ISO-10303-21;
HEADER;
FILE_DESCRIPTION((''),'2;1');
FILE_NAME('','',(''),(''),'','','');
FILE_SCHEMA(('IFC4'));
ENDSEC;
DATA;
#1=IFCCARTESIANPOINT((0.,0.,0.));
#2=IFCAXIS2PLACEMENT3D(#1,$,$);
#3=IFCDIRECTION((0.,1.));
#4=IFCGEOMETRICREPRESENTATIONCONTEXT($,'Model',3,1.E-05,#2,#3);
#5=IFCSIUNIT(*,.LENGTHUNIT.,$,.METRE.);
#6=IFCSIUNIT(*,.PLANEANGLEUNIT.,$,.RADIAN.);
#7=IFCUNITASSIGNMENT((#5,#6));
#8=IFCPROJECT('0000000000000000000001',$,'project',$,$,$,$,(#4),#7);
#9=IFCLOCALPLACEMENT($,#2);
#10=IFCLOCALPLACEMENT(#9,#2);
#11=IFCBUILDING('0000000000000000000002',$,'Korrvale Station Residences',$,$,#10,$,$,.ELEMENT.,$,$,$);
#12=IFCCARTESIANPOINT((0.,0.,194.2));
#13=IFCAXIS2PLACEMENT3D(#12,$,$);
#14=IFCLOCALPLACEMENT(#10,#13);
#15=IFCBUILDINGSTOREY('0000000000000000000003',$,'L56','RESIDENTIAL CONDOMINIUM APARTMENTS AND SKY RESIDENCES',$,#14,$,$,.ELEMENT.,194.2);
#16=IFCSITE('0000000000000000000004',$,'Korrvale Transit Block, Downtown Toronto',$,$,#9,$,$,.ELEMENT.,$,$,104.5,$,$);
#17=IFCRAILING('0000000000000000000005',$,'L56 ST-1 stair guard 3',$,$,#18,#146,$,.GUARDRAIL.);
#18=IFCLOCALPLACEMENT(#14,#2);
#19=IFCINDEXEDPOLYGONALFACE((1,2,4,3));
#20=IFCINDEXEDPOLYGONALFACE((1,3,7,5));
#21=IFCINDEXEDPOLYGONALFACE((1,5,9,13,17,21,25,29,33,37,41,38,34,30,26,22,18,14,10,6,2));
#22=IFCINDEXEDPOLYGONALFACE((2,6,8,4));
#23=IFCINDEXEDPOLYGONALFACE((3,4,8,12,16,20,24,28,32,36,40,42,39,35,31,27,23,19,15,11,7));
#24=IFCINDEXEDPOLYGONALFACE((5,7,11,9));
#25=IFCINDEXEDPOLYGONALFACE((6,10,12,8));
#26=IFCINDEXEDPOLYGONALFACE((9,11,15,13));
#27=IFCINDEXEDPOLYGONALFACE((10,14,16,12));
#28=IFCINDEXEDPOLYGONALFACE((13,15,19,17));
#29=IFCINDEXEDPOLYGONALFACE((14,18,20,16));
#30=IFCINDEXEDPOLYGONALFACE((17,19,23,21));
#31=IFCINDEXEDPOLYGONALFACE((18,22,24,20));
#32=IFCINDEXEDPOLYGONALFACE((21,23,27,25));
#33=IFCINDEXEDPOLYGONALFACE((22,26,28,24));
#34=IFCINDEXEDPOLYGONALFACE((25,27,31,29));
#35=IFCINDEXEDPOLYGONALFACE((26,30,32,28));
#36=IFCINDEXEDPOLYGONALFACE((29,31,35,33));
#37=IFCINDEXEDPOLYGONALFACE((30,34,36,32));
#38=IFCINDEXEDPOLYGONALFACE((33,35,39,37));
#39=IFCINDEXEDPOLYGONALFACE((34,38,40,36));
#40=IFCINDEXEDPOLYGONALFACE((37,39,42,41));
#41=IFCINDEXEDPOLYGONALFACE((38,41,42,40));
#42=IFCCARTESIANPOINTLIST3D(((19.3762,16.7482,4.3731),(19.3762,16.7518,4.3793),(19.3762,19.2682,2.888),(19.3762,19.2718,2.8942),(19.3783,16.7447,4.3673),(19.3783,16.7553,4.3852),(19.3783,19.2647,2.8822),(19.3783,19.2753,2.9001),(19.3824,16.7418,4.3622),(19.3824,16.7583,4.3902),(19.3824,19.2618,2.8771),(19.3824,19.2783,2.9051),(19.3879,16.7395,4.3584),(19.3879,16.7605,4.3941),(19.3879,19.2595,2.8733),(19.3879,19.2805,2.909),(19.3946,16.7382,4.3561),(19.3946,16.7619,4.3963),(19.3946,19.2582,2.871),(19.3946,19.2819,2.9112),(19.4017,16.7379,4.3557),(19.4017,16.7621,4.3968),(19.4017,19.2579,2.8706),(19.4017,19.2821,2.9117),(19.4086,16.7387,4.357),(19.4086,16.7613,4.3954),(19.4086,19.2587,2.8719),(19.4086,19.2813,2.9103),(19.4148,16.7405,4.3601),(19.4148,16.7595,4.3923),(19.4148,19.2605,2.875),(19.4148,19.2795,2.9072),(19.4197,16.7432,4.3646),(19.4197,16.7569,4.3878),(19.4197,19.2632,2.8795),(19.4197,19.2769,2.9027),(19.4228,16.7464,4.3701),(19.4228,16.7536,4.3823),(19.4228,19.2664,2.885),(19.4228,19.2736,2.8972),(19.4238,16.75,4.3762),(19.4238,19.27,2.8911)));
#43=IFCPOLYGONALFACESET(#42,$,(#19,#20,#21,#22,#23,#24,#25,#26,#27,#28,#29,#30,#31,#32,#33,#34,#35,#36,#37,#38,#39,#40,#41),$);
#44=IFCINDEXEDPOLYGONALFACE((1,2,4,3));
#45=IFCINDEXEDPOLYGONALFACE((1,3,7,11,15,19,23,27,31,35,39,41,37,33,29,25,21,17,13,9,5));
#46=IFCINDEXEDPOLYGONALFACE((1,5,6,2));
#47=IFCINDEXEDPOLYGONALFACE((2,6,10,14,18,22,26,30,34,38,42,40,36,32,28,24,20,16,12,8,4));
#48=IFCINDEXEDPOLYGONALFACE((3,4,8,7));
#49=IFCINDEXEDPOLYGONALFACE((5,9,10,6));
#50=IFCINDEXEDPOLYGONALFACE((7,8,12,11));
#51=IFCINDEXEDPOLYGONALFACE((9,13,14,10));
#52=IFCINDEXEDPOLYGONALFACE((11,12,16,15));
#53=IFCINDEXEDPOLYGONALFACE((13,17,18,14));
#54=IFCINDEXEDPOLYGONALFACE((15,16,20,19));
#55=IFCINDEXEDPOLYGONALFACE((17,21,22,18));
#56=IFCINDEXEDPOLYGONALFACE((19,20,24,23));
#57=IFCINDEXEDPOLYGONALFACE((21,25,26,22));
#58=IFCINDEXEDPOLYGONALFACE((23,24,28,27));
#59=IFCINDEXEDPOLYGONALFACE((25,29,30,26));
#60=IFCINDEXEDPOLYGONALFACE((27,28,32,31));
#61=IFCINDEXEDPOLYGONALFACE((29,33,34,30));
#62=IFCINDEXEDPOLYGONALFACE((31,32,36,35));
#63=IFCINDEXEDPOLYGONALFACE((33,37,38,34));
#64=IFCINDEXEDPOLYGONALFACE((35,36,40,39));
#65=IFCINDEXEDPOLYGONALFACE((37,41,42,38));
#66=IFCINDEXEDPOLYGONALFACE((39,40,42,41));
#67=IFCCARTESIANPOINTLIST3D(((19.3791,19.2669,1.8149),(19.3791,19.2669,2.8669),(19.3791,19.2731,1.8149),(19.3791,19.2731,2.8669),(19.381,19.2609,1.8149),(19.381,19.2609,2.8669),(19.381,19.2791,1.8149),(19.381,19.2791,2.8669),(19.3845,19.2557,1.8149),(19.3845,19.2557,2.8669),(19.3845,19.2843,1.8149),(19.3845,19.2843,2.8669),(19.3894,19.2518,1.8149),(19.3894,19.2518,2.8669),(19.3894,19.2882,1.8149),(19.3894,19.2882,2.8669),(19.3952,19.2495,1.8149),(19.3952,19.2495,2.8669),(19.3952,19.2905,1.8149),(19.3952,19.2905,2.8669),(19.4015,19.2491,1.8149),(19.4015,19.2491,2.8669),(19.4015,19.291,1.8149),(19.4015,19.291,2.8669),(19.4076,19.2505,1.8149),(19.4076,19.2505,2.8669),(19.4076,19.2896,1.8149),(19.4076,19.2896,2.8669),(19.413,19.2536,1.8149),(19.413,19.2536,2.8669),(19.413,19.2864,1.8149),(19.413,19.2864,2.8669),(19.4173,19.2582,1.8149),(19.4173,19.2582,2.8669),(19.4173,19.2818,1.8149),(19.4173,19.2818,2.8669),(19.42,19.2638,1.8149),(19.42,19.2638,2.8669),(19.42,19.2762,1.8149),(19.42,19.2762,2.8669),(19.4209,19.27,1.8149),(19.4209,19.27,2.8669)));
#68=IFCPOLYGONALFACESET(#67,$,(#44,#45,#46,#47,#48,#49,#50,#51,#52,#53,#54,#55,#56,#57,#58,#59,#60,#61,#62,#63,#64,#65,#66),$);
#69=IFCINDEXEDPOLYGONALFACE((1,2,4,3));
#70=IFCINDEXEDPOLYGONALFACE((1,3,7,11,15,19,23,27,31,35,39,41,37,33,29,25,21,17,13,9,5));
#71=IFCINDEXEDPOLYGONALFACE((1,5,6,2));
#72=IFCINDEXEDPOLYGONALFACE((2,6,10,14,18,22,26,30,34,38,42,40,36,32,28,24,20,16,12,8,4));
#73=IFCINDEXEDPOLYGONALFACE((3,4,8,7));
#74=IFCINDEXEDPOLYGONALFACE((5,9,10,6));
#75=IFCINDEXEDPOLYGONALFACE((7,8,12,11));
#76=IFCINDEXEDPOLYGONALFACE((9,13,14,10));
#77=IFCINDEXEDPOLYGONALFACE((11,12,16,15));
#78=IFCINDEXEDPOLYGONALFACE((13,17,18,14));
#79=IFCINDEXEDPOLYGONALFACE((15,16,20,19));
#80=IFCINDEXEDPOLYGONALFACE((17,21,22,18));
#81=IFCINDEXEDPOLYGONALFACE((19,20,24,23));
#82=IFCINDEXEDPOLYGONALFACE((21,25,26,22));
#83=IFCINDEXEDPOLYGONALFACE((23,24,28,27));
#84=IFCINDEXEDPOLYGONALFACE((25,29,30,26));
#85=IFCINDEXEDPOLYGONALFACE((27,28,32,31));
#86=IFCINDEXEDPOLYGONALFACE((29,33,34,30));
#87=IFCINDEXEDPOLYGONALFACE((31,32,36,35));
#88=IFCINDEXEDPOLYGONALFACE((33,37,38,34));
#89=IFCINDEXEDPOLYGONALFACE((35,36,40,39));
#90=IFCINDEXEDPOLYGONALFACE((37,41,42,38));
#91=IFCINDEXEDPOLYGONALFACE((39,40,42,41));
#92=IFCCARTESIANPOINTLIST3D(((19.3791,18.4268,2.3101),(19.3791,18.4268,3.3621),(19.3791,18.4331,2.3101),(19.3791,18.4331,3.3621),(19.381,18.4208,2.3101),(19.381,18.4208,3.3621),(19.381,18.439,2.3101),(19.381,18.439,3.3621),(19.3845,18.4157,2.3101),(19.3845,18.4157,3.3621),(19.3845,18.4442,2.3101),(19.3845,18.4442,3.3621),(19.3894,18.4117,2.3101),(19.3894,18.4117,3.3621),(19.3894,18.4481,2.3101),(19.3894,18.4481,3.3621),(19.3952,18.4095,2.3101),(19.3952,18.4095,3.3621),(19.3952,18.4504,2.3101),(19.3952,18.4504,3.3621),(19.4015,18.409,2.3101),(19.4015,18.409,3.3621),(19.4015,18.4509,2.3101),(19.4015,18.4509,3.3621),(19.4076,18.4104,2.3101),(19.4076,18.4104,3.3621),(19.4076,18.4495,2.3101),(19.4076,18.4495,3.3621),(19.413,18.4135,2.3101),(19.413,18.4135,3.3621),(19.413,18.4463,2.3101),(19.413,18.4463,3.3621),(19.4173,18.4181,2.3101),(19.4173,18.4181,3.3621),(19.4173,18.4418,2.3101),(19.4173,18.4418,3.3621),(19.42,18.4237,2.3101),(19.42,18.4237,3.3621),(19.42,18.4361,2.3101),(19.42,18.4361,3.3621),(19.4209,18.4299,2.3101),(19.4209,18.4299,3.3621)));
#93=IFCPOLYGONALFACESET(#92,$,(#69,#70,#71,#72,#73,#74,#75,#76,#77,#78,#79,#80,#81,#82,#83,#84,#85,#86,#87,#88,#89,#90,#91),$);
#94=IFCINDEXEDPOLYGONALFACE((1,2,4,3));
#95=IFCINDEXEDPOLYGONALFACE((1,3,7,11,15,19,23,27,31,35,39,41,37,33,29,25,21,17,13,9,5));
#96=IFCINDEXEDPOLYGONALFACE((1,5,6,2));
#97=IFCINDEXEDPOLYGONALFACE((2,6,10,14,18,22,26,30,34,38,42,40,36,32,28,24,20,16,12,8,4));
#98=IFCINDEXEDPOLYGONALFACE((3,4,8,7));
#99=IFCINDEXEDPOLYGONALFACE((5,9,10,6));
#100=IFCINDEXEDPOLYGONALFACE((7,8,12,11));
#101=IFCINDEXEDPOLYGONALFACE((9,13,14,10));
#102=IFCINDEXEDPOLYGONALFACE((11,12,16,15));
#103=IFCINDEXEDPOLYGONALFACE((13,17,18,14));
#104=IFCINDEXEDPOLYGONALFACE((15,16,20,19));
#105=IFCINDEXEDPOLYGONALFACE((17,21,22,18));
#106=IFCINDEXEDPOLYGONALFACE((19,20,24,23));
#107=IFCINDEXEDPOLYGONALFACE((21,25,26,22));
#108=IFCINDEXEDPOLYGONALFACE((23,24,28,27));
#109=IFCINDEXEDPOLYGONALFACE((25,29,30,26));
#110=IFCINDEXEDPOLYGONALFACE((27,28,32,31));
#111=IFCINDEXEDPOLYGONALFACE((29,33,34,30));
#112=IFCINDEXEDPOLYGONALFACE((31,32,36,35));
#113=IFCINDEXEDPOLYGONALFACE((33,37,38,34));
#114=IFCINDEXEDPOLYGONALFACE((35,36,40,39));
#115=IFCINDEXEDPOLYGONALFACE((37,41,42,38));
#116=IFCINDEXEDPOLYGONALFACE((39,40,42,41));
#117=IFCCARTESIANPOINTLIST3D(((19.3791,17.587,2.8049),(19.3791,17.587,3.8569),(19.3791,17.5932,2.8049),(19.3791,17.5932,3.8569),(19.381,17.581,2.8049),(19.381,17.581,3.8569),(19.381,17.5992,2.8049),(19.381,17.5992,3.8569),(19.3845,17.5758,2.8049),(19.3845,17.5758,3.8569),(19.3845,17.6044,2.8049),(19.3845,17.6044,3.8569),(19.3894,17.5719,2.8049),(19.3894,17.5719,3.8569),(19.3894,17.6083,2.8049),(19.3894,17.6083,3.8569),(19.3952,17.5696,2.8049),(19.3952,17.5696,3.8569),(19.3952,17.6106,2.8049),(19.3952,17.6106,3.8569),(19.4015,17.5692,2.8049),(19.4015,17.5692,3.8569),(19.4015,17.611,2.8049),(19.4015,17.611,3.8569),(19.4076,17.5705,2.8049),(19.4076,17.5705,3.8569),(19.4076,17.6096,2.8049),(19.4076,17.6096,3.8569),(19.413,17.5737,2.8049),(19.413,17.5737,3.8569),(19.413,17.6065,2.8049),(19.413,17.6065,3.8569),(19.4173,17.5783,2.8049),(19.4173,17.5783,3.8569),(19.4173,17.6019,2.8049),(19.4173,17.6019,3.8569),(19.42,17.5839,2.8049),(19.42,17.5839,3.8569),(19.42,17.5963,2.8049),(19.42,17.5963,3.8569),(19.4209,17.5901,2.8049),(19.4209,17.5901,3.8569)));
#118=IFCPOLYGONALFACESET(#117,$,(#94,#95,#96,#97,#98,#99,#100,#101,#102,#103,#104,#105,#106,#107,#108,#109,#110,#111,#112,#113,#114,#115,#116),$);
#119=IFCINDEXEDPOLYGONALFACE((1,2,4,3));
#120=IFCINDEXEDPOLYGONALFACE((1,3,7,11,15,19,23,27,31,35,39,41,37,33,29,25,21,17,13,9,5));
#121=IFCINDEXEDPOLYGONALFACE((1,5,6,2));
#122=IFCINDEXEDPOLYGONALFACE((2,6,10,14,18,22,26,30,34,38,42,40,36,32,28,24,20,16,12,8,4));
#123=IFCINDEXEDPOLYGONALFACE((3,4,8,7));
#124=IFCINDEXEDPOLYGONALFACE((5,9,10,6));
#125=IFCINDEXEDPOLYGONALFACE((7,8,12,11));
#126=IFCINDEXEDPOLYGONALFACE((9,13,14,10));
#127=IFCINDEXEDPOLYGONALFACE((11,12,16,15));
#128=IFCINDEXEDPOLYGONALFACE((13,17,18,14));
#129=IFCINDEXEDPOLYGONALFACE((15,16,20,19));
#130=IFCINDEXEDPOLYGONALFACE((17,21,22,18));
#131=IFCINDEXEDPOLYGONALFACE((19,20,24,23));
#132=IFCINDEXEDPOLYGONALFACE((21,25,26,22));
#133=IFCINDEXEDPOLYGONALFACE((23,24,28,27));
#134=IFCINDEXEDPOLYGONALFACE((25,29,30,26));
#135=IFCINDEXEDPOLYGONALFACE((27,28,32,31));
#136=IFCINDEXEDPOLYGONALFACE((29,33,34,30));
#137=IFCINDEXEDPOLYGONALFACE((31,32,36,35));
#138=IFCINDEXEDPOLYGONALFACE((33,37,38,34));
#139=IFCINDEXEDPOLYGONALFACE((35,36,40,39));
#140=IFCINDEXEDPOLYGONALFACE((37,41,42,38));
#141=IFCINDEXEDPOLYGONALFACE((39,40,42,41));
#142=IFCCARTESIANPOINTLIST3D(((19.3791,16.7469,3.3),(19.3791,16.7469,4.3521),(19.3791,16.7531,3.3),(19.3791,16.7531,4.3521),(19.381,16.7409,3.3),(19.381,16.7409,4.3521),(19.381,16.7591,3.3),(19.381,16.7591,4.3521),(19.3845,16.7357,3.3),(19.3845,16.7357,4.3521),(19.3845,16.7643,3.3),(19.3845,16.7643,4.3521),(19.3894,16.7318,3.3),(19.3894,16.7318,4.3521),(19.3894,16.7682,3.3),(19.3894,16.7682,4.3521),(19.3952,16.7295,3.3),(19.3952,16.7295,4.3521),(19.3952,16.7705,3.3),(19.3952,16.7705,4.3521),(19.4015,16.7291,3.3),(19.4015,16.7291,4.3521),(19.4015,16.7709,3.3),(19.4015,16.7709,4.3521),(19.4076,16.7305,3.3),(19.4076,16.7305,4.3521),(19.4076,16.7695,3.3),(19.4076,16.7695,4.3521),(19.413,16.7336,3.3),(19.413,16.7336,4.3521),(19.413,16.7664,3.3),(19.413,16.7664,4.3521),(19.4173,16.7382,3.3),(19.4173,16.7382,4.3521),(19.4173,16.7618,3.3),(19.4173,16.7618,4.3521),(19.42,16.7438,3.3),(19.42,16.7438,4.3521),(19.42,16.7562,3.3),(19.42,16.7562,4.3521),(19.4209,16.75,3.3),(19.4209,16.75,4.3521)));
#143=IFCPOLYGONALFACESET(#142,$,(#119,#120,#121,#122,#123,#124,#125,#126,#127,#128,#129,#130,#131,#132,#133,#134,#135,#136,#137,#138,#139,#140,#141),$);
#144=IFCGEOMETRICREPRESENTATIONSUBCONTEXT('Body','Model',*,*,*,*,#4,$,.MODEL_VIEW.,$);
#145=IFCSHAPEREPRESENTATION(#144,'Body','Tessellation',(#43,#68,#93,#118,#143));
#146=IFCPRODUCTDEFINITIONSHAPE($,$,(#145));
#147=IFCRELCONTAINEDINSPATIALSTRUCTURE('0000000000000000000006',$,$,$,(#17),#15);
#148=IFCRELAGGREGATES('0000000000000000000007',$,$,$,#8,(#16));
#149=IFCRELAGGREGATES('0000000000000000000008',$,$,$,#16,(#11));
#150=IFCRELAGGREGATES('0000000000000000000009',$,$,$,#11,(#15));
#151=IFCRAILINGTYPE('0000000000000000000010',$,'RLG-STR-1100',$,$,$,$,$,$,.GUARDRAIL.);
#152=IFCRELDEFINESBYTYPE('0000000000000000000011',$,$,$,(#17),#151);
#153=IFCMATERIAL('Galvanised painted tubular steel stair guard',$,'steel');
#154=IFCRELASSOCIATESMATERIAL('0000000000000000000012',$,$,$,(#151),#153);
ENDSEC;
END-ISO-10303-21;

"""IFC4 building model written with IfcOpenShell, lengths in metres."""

from ifc_helpers import new_model, si_unit, direction, frame, origin, origin_2d, place, context, subcontext, project, spatial, circle, extrude, material, type_object, element, save


model = new_model("IFC4")

# Units and contexts
model_context = context("Model", 3, precision=1e-05, world=origin(), true_north=direction((0.0, 1.0)))
body_context = subcontext(model_context, "Body", "Model", "MODEL_VIEW")
ifc_project = project(units=[si_unit("LENGTHUNIT", "METRE"), si_unit("PLANEANGLEUNIT", "RADIAN")], contexts=[model_context])

# Site, building, storey
site_placement = place(None, origin())
site = spatial("IfcSite", under=ifc_project, at=site_placement, Name="Korrvale Transit Block, Downtown Toronto", CompositionType="ELEMENT", RefElevation=104.5)
building_placement = place(site_placement, origin())
building = spatial("IfcBuilding", under=site, at=building_placement, Name="Korrvale Station Residences", CompositionType="ELEMENT")
storey_placement = place(building_placement, frame((0.0, 0.0, 194.2)))
storey = spatial("IfcBuildingStorey", under=building, at=storey_placement, Name="L56", Description="RESIDENTIAL CONDOMINIUM APARTMENTS AND SKY RESIDENCES", CompositionType="ELEMENT", Elevation=194.2)

# Railing
ifc_material_1 = material(Name="Galvanised painted tubular steel stair guard", Category="steel")
railing_type_1 = type_object("IfcRailingType", Name="RLG-STR-1100", PredefinedType="GUARDRAIL", material=ifc_material_1)
railing_1_placement = place(storey_placement, frame((19.3999, 19.27, 1.8149)))
element("IfcRailing", 1, at=railing_1_placement, inside=storey, type_object=railing_type_1, Name="L56 ST-1 stair guard 3", PredefinedType="GUARDRAIL", context=body_context, shape_type="SweptSolid", body=[
    extrude(circle(Radius=0.0239, at=origin_2d()), frame((0.0, 0.0, 1.0762), z_axis=(0.0, -0.861524, 0.507717), x_axis=(1.0, 0.0, 0.0)), (0.0, 0.0, 1.0), 2.925),
    extrude(circle(Radius=0.021, at=origin_2d()), origin(), (0.0, 0.0, 1.0), 1.052),
    extrude(circle(Radius=0.021, at=origin_2d()), frame((0.0, -0.8401, 0.4951)), (0.0, 0.0, 1.0), 1.052),
    extrude(circle(Radius=0.021, at=origin_2d()), frame((0.0, -1.6799, 0.99)), (0.0, 0.0, 1.0), 1.052),
    extrude(circle(Radius=0.021, at=origin_2d()), frame((0.0, -2.52, 1.4851)), (0.0, 0.0, 1.0), 1.052),
])

save(model, "model.ifc")
